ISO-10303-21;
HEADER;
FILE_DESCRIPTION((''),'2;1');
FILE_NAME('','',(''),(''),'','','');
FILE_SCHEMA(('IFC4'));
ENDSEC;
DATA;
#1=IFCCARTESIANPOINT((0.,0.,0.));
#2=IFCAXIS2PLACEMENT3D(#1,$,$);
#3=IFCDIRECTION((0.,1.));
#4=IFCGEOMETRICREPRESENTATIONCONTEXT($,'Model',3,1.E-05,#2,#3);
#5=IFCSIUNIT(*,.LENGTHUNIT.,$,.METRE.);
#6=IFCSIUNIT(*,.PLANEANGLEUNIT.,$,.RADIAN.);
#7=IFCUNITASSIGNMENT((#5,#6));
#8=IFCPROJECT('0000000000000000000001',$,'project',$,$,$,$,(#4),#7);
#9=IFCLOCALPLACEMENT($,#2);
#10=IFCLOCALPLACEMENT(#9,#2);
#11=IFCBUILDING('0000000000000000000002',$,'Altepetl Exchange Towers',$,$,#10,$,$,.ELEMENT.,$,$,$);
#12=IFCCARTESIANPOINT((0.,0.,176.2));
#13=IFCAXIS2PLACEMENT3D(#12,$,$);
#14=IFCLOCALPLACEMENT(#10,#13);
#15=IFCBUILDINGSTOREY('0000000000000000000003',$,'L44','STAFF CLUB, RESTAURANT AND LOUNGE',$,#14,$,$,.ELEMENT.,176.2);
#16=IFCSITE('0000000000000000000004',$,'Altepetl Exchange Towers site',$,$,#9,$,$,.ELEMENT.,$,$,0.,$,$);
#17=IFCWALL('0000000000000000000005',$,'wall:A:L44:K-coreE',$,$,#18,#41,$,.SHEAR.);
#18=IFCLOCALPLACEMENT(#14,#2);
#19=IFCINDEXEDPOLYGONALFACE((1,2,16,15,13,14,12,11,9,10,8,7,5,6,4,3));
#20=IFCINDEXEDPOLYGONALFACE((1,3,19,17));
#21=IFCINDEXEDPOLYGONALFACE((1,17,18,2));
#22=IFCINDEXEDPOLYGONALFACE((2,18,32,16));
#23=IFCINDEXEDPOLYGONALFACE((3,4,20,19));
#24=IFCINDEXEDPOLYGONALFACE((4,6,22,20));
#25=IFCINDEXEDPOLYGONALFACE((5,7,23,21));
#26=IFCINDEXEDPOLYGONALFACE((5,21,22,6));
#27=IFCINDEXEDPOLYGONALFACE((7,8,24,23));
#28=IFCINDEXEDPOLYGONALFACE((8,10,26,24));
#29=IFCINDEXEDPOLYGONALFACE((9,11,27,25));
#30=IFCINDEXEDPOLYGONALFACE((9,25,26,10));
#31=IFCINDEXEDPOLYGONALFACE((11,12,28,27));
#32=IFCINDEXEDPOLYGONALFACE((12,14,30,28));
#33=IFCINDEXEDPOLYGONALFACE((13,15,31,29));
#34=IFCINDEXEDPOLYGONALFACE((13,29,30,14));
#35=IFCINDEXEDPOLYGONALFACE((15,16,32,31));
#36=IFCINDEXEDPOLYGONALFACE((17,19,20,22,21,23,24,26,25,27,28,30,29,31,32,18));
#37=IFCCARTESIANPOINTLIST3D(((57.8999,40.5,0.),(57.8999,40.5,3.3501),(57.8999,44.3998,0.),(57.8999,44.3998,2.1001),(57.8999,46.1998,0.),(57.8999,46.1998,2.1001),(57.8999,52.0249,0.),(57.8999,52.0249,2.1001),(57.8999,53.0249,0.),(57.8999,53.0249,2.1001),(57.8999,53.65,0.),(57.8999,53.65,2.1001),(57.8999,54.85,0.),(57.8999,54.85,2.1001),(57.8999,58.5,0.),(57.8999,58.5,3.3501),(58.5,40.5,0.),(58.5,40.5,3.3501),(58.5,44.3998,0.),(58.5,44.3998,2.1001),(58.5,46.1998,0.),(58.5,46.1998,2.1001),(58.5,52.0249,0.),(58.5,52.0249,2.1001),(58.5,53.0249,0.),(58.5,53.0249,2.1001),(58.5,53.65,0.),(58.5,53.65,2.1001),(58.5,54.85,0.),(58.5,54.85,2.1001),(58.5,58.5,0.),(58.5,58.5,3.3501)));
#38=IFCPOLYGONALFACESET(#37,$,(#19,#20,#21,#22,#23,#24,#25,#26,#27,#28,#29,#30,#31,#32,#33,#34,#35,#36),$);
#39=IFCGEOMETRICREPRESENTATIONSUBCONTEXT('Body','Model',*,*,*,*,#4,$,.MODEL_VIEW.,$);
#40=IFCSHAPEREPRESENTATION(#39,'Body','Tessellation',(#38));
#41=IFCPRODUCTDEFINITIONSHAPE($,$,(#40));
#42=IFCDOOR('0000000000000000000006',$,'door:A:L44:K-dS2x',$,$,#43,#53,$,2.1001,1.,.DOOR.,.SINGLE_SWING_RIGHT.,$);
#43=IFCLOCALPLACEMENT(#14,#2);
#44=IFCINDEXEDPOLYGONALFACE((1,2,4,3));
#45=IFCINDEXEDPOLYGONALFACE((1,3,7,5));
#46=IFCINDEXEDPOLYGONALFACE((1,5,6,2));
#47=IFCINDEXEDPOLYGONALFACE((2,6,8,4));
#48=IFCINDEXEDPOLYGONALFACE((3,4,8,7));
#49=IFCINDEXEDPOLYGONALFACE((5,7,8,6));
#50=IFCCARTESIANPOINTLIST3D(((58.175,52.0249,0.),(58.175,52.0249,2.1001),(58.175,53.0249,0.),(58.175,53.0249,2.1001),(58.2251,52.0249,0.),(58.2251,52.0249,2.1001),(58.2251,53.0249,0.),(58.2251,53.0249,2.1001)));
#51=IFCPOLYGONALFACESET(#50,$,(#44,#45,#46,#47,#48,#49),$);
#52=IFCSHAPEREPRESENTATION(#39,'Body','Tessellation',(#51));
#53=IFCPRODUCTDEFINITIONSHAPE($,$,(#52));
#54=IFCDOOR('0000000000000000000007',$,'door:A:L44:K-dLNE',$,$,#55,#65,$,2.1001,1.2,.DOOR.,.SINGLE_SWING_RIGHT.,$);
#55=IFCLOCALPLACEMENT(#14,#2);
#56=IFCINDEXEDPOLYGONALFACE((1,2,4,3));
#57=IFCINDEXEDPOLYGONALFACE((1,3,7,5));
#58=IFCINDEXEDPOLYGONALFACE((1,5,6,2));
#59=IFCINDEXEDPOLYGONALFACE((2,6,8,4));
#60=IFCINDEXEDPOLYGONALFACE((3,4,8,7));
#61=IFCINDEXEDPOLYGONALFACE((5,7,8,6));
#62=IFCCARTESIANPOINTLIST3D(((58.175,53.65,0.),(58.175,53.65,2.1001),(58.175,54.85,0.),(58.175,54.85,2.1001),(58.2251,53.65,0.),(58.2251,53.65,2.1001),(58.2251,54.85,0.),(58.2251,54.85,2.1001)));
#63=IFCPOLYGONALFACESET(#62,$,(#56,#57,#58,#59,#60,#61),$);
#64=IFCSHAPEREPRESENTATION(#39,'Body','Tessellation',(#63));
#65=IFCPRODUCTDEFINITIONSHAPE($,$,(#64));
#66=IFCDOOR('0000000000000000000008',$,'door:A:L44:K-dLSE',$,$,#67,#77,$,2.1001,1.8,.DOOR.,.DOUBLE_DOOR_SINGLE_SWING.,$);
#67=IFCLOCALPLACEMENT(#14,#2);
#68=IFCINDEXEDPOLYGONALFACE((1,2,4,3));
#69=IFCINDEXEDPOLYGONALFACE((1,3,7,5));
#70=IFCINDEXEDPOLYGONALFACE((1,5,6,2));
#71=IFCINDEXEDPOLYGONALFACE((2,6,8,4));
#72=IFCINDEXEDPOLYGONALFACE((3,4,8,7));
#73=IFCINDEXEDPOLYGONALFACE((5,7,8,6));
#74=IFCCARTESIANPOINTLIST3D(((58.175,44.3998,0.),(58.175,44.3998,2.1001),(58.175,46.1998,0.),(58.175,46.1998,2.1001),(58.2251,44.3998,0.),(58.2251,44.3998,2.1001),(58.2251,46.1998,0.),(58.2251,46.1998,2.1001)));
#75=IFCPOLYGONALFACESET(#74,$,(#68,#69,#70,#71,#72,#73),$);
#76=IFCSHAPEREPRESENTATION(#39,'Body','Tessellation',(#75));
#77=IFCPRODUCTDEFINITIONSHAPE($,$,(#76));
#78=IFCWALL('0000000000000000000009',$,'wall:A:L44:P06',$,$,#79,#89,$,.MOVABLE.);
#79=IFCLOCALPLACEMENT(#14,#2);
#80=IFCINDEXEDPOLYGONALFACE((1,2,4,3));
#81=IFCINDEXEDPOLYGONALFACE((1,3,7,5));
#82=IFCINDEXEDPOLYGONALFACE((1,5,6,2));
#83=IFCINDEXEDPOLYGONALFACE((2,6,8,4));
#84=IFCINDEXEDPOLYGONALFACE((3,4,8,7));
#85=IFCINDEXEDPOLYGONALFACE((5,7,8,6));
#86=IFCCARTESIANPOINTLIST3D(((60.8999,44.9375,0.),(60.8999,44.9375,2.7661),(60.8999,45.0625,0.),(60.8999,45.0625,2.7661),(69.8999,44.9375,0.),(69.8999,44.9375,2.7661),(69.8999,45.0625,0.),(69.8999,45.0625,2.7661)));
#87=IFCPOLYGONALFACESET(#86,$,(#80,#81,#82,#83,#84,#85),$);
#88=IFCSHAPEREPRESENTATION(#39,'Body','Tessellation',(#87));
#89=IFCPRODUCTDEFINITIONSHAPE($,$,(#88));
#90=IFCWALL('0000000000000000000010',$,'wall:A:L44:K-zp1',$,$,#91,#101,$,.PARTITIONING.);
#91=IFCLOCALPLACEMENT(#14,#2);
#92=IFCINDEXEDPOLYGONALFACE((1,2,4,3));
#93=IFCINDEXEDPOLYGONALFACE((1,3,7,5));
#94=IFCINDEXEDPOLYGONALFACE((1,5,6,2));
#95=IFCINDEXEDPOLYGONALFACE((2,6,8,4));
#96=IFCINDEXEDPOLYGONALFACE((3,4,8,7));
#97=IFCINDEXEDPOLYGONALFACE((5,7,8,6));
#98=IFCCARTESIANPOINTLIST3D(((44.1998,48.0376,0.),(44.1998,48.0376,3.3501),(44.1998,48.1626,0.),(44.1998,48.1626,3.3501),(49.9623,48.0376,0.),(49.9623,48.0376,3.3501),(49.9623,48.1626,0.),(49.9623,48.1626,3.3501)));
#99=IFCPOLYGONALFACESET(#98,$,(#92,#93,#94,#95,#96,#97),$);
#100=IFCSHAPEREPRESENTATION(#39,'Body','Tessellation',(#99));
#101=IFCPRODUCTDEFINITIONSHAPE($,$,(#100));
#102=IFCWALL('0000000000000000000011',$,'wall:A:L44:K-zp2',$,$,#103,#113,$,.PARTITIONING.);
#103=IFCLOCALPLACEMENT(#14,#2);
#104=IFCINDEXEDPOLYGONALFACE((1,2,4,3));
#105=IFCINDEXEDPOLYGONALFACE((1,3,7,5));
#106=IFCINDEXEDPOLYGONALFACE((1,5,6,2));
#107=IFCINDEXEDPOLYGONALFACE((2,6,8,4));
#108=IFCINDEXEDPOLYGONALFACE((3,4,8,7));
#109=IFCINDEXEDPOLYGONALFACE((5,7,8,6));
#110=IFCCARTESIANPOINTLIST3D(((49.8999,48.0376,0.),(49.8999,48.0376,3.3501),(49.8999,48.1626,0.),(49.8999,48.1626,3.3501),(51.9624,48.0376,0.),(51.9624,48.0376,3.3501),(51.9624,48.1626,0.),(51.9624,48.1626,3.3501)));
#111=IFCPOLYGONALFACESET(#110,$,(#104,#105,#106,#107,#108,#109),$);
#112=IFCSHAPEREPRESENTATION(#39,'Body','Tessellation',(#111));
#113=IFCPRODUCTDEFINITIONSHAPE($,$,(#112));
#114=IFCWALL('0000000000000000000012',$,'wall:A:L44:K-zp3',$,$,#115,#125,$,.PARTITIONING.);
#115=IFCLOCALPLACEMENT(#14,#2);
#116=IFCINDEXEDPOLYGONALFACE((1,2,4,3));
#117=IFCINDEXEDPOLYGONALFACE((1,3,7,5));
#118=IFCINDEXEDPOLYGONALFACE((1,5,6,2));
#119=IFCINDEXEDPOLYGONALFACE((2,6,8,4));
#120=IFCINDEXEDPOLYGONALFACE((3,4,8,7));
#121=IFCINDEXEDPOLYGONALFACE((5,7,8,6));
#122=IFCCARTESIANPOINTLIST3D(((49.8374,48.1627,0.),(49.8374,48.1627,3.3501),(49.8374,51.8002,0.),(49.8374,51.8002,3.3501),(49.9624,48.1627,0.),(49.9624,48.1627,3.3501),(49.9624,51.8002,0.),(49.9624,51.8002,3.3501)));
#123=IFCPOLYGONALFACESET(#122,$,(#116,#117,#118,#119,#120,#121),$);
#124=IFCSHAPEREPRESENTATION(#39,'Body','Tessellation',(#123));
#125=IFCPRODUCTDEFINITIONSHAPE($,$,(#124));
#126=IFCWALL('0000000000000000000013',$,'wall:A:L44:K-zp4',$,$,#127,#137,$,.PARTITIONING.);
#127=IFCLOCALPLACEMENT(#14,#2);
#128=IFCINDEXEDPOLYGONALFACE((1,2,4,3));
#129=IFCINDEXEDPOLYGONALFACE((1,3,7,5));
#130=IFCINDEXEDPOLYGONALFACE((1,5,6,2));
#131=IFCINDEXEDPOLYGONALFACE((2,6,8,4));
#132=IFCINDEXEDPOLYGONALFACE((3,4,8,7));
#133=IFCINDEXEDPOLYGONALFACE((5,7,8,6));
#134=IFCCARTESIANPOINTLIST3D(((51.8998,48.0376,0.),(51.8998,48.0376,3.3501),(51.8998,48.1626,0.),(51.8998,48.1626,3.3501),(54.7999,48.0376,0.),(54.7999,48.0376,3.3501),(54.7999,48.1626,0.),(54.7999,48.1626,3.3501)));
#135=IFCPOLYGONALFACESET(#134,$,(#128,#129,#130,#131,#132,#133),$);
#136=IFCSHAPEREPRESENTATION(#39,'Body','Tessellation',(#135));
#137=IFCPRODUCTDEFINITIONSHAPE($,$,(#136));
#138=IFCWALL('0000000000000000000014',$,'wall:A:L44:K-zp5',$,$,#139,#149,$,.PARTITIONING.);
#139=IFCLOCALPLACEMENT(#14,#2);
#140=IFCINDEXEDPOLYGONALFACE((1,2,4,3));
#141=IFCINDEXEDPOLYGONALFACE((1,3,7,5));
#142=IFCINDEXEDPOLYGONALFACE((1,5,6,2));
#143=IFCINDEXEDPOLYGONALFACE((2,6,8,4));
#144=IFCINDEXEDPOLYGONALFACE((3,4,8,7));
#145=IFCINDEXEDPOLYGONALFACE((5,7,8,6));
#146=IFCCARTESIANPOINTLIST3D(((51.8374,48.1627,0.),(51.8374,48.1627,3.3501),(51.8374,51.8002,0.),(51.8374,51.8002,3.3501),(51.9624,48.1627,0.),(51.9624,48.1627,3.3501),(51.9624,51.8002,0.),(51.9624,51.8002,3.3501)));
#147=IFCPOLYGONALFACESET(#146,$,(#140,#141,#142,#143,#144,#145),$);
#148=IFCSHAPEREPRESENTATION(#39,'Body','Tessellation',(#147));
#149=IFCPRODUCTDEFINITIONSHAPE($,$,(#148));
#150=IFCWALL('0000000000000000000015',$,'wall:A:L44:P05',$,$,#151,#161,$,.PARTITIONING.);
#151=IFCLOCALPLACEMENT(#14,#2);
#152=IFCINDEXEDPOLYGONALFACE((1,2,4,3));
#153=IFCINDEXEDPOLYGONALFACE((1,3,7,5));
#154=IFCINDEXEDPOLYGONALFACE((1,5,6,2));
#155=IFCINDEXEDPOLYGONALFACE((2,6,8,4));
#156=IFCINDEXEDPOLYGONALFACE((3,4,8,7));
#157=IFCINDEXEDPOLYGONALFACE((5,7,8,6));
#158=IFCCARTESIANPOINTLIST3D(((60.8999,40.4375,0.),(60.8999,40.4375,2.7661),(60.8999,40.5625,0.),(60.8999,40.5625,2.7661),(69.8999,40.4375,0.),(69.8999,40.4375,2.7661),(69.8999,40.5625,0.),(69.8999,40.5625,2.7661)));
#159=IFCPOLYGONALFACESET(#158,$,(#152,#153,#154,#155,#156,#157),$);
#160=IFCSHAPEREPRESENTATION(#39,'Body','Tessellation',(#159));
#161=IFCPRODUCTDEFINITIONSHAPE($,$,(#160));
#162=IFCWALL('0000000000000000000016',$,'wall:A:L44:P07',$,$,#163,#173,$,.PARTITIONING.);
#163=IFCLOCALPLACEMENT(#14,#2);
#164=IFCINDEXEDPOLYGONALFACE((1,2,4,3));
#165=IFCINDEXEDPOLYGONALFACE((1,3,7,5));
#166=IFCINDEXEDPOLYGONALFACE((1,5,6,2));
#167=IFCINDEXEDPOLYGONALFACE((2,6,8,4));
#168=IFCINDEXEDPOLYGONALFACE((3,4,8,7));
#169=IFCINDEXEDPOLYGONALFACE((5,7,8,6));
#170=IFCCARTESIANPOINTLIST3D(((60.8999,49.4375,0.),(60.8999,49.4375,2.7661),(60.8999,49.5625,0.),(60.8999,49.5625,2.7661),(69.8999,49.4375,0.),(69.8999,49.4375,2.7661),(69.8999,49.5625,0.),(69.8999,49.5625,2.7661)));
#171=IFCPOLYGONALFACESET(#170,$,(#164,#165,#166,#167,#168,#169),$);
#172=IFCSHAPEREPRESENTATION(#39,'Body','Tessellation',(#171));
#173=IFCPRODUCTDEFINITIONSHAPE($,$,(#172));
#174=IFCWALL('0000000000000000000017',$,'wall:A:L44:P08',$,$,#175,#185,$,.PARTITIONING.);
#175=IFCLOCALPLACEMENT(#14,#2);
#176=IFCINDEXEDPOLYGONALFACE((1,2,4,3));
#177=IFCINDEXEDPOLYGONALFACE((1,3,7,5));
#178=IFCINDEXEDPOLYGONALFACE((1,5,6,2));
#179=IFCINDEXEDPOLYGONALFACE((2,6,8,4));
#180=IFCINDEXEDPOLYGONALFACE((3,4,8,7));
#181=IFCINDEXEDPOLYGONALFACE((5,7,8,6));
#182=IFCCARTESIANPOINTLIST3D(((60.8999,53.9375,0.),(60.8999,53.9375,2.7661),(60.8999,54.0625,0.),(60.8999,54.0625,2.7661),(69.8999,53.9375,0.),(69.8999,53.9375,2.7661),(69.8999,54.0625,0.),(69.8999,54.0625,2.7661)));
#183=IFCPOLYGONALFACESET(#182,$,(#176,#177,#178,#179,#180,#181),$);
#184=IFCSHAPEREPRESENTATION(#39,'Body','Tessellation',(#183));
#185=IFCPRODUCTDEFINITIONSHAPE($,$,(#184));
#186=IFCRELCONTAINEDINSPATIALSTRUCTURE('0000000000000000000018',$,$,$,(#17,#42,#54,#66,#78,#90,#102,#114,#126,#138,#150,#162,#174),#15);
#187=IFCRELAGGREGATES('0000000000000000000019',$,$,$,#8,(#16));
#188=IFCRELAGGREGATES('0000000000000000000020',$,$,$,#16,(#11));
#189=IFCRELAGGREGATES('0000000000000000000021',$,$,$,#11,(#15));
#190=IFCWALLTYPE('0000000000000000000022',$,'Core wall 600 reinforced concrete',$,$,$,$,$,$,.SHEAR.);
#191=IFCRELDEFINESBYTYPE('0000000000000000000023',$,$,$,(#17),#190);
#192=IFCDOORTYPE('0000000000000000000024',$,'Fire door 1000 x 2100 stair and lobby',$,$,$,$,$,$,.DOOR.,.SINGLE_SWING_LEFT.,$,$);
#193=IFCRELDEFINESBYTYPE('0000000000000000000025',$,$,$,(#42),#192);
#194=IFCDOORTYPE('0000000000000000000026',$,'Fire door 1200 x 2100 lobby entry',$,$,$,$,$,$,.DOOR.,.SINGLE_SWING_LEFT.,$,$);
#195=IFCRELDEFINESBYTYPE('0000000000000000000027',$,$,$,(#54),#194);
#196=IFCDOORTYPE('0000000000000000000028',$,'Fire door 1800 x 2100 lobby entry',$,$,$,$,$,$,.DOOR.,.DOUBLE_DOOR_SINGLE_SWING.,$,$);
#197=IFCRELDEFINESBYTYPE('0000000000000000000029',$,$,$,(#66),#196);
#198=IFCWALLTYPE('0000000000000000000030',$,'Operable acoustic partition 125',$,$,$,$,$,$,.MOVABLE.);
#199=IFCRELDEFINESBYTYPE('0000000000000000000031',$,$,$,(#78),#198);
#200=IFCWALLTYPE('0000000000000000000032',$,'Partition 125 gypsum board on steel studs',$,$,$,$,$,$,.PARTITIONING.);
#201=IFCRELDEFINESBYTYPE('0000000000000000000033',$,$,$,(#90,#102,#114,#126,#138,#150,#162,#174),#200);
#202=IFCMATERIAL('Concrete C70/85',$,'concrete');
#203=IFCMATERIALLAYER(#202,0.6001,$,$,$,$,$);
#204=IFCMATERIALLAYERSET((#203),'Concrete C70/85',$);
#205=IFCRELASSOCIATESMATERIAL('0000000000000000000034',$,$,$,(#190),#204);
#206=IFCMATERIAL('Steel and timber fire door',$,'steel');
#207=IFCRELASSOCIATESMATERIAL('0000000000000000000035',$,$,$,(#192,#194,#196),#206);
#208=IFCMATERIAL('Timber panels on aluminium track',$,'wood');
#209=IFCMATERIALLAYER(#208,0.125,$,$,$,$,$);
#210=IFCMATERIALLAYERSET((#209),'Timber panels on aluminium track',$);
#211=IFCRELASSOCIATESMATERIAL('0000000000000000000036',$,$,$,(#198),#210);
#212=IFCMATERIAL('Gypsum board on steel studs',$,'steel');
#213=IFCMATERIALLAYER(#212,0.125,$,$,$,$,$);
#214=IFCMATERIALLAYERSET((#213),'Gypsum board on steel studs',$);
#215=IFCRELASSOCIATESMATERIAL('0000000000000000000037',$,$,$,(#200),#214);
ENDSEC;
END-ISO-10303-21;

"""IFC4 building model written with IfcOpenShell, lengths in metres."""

from ifc_helpers import new_model, si_unit, direction, frame, frame_2d, origin, place, context, subcontext, project, spatial, rectangle, extrude, material, layer, layer_set, type_object, element, fill, save


model = new_model("IFC4")

# Units and contexts
model_context = context("Model", 3, precision=1e-05, world=origin(), true_north=direction((0.0, 1.0)))
body_context = subcontext(model_context, "Body", "Model", "MODEL_VIEW")
ifc_project = project(units=[si_unit("LENGTHUNIT", "METRE"), si_unit("PLANEANGLEUNIT", "RADIAN")], contexts=[model_context])

# Site, building, storey
site_placement = place(None, origin())
site = spatial("IfcSite", under=ifc_project, at=site_placement, Name="Altepetl Exchange Towers site", CompositionType="ELEMENT", RefElevation=0.0)
building_placement = place(site_placement, origin())
building = spatial("IfcBuilding", under=site, at=building_placement, Name="Altepetl Exchange Towers", CompositionType="ELEMENT")
storey_placement = place(building_placement, frame((0.0, 0.0, 176.2)))
storey = spatial("IfcBuildingStorey", under=building, at=storey_placement, Name="L44", Description="STAFF CLUB, RESTAURANT AND LOUNGE", CompositionType="ELEMENT", Elevation=176.2)

# Wall, openings, doors
ifc_material_1 = material(Name="Concrete C70/85", Category="concrete")
ifc_layer_1 = layer(ifc_material_1, 0.6001)
ifc_layer_set_1 = layer_set([ifc_layer_1], Name="Concrete C70/85")
wall_type_1 = type_object("IfcWallType", Name="Core wall 600 reinforced concrete", PredefinedType="SHEAR", material=ifc_layer_set_1)
wall_1_placement = place(storey_placement, frame((58.2, 40.5, 0.0), z_axis=(0.0, 0.0, 1.0), x_axis=(0.0, 1.0, 0.0)))
wall_1 = element("IfcWall", 1, at=wall_1_placement, inside=storey, type_object=wall_type_1, Name="wall:A:L44:K-coreE", PredefinedType="SHEAR", context=body_context, shape_type="SweptSolid", body=[
    extrude(rectangle(XDim=18.0, YDim=0.6001, at=frame_2d((9.0, 0.0))), origin(), (0.0, 0.0, 1.0), 3.3501),
])
opening_1_placement = place(wall_1_placement, frame((13.1499, 0.0, 0.0)))
opening_1 = element("IfcOpeningElement", 2, at=opening_1_placement, cuts=wall_1, PredefinedType="OPENING", context=body_context, shape_type="SweptSolid", body=[
    extrude(rectangle(XDim=1.2, YDim=2.1001, at=frame_2d((0.6001, 1.05))), frame((0.0, 0.3101, 0.0), z_axis=(0.0, -1.0, 0.0), x_axis=(1.0, 0.0, 0.0)), (0.0, 0.0, 1.0), 0.6201),
])
opening_2_placement = place(wall_1_placement, frame((3.8999, 0.0, 0.0)))
opening_2 = element("IfcOpeningElement", 3, at=opening_2_placement, cuts=wall_1, PredefinedType="OPENING", context=body_context, shape_type="SweptSolid", body=[
    extrude(rectangle(XDim=1.8, YDim=2.1001, at=frame_2d((0.8999, 1.05))), frame((0.0, 0.3101, 0.0), z_axis=(0.0, -1.0, 0.0), x_axis=(1.0, 0.0, 0.0)), (0.0, 0.0, 1.0), 0.6201),
])
opening_3_placement = place(wall_1_placement, frame((11.5249, 0.0, 0.0)))
opening_3 = element("IfcOpeningElement", 4, at=opening_3_placement, cuts=wall_1, PredefinedType="OPENING", context=body_context, shape_type="SweptSolid", body=[
    extrude(rectangle(XDim=1.0, YDim=2.1001, at=frame_2d((0.5, 1.05))), frame((0.0, 0.3101, 0.0), z_axis=(0.0, -1.0, 0.0), x_axis=(1.0, 0.0, 0.0)), (0.0, 0.0, 1.0), 0.6201),
])
ifc_material_2 = material(Name="Steel and timber fire door", Category="steel")
door_type_1 = type_object("IfcDoorType", Name="Fire door 1000 x 2100 stair and lobby", OperationType="SINGLE_SWING_LEFT", PredefinedType="DOOR", material=ifc_material_2)
door_1_placement = place(opening_3_placement, origin())
door_1 = element("IfcDoor", 5, at=door_1_placement, inside=storey, type_object=door_type_1, Name="door:A:L44:K-dS2x", OperationType="SINGLE_SWING_RIGHT", OverallHeight=2.1001, OverallWidth=1.0, PredefinedType="DOOR", context=body_context, shape_type="SweptSolid", body=[
    extrude(rectangle(XDim=1.0, YDim=2.1001, at=frame_2d((0.5, 1.05))), frame((0.0, 0.0249, 0.0), z_axis=(0.0, -1.0, 0.0), x_axis=(1.0, 0.0, 0.0)), (0.0, 0.0, 1.0), 0.05),
])
fill(opening_3, door_1)
door_type_2 = type_object("IfcDoorType", Name="Fire door 1200 x 2100 lobby entry", OperationType="SINGLE_SWING_LEFT", PredefinedType="DOOR", material=ifc_material_2)
door_2_placement = place(opening_1_placement, origin())
door_2 = element("IfcDoor", 6, at=door_2_placement, inside=storey, type_object=door_type_2, Name="door:A:L44:K-dLNE", OperationType="SINGLE_SWING_RIGHT", OverallHeight=2.1001, OverallWidth=1.2, PredefinedType="DOOR", context=body_context, shape_type="SweptSolid", body=[
    extrude(rectangle(XDim=1.2, YDim=2.1001, at=frame_2d((0.6001, 1.05))), frame((0.0, 0.0249, 0.0), z_axis=(0.0, -1.0, 0.0), x_axis=(1.0, 0.0, 0.0)), (0.0, 0.0, 1.0), 0.05),
])
fill(opening_1, door_2)
door_type_3 = type_object("IfcDoorType", Name="Fire door 1800 x 2100 lobby entry", OperationType="DOUBLE_DOOR_SINGLE_SWING", PredefinedType="DOOR", material=ifc_material_2)
door_3_placement = place(opening_2_placement, origin())
door_3 = element("IfcDoor", 7, at=door_3_placement, inside=storey, type_object=door_type_3, Name="door:A:L44:K-dLSE", OperationType="DOUBLE_DOOR_SINGLE_SWING", OverallHeight=2.1001, OverallWidth=1.8, PredefinedType="DOOR", context=body_context, shape_type="SweptSolid", body=[
    extrude(rectangle(XDim=1.8, YDim=2.1001, at=frame_2d((0.8999, 1.05))), frame((0.0, 0.0249, 0.0), z_axis=(0.0, -1.0, 0.0), x_axis=(1.0, 0.0, 0.0)), (0.0, 0.0, 1.0), 0.05),
])
fill(opening_2, door_3)

# Walls
ifc_material_3 = material(Name="Timber panels on aluminium track", Category="wood")
ifc_layer_2 = layer(ifc_material_3, 0.125)
ifc_layer_set_2 = layer_set([ifc_layer_2], Name="Timber panels on aluminium track")
wall_type_2 = type_object("IfcWallType", Name="Operable acoustic partition 125", PredefinedType="MOVABLE", material=ifc_layer_set_2)
wall_2_placement = place(storey_placement, frame((60.8999, 45.0, 0.0)))
element("IfcWall", 8, at=wall_2_placement, inside=storey, type_object=wall_type_2, Name="wall:A:L44:P06", PredefinedType="MOVABLE", context=body_context, shape_type="SweptSolid", body=[
    extrude(rectangle(XDim=9.0, YDim=0.125, at=frame_2d((4.5, 0.0))), origin(), (0.0, 0.0, 1.0), 2.7661),
])
ifc_material_4 = material(Name="Gypsum board on steel studs", Category="steel")
ifc_layer_3 = layer(ifc_material_4, 0.125)
ifc_layer_set_3 = layer_set([ifc_layer_3], Name="Gypsum board on steel studs")
wall_type_3 = type_object("IfcWallType", Name="Partition 125 gypsum board on steel studs", PredefinedType="PARTITIONING", material=ifc_layer_set_3)
wall_3_placement = place(storey_placement, frame((49.9624, 48.1001, 0.0), z_axis=(0.0, 0.0, 1.0), x_axis=(-1.0, 0.0, 0.0)))
element("IfcWall", 9, at=wall_3_placement, inside=storey, type_object=wall_type_3, Name="wall:A:L44:K-zp1", PredefinedType="PARTITIONING", context=body_context, shape_type="SweptSolid", body=[
    extrude(rectangle(XDim=5.7625, YDim=0.125, at=frame_2d((2.8813, 0.0))), origin(), (0.0, 0.0, 1.0), 3.3501),
])
wall_4_placement = place(storey_placement, frame((51.9624, 48.1001, 0.0), z_axis=(0.0, 0.0, 1.0), x_axis=(-1.0, 0.0, 0.0)))
element("IfcWall", 10, at=wall_4_placement, inside=storey, type_object=wall_type_3, Name="wall:A:L44:K-zp2", PredefinedType="PARTITIONING", context=body_context, shape_type="SweptSolid", body=[
    extrude(rectangle(XDim=2.0625, YDim=0.125, at=frame_2d((1.0312, 0.0))), origin(), (0.0, 0.0, 1.0), 3.3501),
])
wall_5_placement = place(storey_placement, frame((49.8999, 48.1626, 0.0), z_axis=(0.0, 0.0, 1.0), x_axis=(0.0, 1.0, 0.0)))
element("IfcWall", 11, at=wall_5_placement, inside=storey, type_object=wall_type_3, Name="wall:A:L44:K-zp3", PredefinedType="PARTITIONING", context=body_context, shape_type="SweptSolid", body=[
    extrude(rectangle(XDim=3.6375, YDim=0.125, at=frame_2d((1.8188, 0.0))), origin(), (0.0, 0.0, 1.0), 3.3501),
])
wall_6_placement = place(storey_placement, frame((54.8, 48.1001, 0.0), z_axis=(0.0, 0.0, 1.0), x_axis=(-1.0, 0.0, 0.0)))
element("IfcWall", 12, at=wall_6_placement, inside=storey, type_object=wall_type_3, Name="wall:A:L44:K-zp4", PredefinedType="PARTITIONING", context=body_context, shape_type="SweptSolid", body=[
    extrude(rectangle(XDim=2.9001, YDim=0.125, at=frame_2d((1.4502, 0.0))), origin(), (0.0, 0.0, 1.0), 3.3501),
])
wall_7_placement = place(storey_placement, frame((51.8999, 48.1626, 0.0), z_axis=(0.0, 0.0, 1.0), x_axis=(0.0, 1.0, 0.0)))
element("IfcWall", 13, at=wall_7_placement, inside=storey, type_object=wall_type_3, Name="wall:A:L44:K-zp5", PredefinedType="PARTITIONING", context=body_context, shape_type="SweptSolid", body=[
    extrude(rectangle(XDim=3.6375, YDim=0.125, at=frame_2d((1.8188, 0.0))), origin(), (0.0, 0.0, 1.0), 3.3501),
])
for number, where, name in (
    (14, (60.8999, 40.5, 0.0), "wall:A:L44:P05"),
    (15, (60.8999, 49.5, 0.0), "wall:A:L44:P07"),
    (16, (60.8999, 54.0, 0.0), "wall:A:L44:P08"),
):
    element("IfcWall", number, at=place(storey_placement, frame(where)), inside=storey, type_object=wall_type_3, Name=name, PredefinedType="PARTITIONING", context=body_context, shape_type="SweptSolid", body=[
        extrude(rectangle(XDim=9.0, YDim=0.125, at=frame_2d((4.5, 0.0))), origin(), (0.0, 0.0, 1.0), 2.7661),
    ])

save(model, "model.ifc")
